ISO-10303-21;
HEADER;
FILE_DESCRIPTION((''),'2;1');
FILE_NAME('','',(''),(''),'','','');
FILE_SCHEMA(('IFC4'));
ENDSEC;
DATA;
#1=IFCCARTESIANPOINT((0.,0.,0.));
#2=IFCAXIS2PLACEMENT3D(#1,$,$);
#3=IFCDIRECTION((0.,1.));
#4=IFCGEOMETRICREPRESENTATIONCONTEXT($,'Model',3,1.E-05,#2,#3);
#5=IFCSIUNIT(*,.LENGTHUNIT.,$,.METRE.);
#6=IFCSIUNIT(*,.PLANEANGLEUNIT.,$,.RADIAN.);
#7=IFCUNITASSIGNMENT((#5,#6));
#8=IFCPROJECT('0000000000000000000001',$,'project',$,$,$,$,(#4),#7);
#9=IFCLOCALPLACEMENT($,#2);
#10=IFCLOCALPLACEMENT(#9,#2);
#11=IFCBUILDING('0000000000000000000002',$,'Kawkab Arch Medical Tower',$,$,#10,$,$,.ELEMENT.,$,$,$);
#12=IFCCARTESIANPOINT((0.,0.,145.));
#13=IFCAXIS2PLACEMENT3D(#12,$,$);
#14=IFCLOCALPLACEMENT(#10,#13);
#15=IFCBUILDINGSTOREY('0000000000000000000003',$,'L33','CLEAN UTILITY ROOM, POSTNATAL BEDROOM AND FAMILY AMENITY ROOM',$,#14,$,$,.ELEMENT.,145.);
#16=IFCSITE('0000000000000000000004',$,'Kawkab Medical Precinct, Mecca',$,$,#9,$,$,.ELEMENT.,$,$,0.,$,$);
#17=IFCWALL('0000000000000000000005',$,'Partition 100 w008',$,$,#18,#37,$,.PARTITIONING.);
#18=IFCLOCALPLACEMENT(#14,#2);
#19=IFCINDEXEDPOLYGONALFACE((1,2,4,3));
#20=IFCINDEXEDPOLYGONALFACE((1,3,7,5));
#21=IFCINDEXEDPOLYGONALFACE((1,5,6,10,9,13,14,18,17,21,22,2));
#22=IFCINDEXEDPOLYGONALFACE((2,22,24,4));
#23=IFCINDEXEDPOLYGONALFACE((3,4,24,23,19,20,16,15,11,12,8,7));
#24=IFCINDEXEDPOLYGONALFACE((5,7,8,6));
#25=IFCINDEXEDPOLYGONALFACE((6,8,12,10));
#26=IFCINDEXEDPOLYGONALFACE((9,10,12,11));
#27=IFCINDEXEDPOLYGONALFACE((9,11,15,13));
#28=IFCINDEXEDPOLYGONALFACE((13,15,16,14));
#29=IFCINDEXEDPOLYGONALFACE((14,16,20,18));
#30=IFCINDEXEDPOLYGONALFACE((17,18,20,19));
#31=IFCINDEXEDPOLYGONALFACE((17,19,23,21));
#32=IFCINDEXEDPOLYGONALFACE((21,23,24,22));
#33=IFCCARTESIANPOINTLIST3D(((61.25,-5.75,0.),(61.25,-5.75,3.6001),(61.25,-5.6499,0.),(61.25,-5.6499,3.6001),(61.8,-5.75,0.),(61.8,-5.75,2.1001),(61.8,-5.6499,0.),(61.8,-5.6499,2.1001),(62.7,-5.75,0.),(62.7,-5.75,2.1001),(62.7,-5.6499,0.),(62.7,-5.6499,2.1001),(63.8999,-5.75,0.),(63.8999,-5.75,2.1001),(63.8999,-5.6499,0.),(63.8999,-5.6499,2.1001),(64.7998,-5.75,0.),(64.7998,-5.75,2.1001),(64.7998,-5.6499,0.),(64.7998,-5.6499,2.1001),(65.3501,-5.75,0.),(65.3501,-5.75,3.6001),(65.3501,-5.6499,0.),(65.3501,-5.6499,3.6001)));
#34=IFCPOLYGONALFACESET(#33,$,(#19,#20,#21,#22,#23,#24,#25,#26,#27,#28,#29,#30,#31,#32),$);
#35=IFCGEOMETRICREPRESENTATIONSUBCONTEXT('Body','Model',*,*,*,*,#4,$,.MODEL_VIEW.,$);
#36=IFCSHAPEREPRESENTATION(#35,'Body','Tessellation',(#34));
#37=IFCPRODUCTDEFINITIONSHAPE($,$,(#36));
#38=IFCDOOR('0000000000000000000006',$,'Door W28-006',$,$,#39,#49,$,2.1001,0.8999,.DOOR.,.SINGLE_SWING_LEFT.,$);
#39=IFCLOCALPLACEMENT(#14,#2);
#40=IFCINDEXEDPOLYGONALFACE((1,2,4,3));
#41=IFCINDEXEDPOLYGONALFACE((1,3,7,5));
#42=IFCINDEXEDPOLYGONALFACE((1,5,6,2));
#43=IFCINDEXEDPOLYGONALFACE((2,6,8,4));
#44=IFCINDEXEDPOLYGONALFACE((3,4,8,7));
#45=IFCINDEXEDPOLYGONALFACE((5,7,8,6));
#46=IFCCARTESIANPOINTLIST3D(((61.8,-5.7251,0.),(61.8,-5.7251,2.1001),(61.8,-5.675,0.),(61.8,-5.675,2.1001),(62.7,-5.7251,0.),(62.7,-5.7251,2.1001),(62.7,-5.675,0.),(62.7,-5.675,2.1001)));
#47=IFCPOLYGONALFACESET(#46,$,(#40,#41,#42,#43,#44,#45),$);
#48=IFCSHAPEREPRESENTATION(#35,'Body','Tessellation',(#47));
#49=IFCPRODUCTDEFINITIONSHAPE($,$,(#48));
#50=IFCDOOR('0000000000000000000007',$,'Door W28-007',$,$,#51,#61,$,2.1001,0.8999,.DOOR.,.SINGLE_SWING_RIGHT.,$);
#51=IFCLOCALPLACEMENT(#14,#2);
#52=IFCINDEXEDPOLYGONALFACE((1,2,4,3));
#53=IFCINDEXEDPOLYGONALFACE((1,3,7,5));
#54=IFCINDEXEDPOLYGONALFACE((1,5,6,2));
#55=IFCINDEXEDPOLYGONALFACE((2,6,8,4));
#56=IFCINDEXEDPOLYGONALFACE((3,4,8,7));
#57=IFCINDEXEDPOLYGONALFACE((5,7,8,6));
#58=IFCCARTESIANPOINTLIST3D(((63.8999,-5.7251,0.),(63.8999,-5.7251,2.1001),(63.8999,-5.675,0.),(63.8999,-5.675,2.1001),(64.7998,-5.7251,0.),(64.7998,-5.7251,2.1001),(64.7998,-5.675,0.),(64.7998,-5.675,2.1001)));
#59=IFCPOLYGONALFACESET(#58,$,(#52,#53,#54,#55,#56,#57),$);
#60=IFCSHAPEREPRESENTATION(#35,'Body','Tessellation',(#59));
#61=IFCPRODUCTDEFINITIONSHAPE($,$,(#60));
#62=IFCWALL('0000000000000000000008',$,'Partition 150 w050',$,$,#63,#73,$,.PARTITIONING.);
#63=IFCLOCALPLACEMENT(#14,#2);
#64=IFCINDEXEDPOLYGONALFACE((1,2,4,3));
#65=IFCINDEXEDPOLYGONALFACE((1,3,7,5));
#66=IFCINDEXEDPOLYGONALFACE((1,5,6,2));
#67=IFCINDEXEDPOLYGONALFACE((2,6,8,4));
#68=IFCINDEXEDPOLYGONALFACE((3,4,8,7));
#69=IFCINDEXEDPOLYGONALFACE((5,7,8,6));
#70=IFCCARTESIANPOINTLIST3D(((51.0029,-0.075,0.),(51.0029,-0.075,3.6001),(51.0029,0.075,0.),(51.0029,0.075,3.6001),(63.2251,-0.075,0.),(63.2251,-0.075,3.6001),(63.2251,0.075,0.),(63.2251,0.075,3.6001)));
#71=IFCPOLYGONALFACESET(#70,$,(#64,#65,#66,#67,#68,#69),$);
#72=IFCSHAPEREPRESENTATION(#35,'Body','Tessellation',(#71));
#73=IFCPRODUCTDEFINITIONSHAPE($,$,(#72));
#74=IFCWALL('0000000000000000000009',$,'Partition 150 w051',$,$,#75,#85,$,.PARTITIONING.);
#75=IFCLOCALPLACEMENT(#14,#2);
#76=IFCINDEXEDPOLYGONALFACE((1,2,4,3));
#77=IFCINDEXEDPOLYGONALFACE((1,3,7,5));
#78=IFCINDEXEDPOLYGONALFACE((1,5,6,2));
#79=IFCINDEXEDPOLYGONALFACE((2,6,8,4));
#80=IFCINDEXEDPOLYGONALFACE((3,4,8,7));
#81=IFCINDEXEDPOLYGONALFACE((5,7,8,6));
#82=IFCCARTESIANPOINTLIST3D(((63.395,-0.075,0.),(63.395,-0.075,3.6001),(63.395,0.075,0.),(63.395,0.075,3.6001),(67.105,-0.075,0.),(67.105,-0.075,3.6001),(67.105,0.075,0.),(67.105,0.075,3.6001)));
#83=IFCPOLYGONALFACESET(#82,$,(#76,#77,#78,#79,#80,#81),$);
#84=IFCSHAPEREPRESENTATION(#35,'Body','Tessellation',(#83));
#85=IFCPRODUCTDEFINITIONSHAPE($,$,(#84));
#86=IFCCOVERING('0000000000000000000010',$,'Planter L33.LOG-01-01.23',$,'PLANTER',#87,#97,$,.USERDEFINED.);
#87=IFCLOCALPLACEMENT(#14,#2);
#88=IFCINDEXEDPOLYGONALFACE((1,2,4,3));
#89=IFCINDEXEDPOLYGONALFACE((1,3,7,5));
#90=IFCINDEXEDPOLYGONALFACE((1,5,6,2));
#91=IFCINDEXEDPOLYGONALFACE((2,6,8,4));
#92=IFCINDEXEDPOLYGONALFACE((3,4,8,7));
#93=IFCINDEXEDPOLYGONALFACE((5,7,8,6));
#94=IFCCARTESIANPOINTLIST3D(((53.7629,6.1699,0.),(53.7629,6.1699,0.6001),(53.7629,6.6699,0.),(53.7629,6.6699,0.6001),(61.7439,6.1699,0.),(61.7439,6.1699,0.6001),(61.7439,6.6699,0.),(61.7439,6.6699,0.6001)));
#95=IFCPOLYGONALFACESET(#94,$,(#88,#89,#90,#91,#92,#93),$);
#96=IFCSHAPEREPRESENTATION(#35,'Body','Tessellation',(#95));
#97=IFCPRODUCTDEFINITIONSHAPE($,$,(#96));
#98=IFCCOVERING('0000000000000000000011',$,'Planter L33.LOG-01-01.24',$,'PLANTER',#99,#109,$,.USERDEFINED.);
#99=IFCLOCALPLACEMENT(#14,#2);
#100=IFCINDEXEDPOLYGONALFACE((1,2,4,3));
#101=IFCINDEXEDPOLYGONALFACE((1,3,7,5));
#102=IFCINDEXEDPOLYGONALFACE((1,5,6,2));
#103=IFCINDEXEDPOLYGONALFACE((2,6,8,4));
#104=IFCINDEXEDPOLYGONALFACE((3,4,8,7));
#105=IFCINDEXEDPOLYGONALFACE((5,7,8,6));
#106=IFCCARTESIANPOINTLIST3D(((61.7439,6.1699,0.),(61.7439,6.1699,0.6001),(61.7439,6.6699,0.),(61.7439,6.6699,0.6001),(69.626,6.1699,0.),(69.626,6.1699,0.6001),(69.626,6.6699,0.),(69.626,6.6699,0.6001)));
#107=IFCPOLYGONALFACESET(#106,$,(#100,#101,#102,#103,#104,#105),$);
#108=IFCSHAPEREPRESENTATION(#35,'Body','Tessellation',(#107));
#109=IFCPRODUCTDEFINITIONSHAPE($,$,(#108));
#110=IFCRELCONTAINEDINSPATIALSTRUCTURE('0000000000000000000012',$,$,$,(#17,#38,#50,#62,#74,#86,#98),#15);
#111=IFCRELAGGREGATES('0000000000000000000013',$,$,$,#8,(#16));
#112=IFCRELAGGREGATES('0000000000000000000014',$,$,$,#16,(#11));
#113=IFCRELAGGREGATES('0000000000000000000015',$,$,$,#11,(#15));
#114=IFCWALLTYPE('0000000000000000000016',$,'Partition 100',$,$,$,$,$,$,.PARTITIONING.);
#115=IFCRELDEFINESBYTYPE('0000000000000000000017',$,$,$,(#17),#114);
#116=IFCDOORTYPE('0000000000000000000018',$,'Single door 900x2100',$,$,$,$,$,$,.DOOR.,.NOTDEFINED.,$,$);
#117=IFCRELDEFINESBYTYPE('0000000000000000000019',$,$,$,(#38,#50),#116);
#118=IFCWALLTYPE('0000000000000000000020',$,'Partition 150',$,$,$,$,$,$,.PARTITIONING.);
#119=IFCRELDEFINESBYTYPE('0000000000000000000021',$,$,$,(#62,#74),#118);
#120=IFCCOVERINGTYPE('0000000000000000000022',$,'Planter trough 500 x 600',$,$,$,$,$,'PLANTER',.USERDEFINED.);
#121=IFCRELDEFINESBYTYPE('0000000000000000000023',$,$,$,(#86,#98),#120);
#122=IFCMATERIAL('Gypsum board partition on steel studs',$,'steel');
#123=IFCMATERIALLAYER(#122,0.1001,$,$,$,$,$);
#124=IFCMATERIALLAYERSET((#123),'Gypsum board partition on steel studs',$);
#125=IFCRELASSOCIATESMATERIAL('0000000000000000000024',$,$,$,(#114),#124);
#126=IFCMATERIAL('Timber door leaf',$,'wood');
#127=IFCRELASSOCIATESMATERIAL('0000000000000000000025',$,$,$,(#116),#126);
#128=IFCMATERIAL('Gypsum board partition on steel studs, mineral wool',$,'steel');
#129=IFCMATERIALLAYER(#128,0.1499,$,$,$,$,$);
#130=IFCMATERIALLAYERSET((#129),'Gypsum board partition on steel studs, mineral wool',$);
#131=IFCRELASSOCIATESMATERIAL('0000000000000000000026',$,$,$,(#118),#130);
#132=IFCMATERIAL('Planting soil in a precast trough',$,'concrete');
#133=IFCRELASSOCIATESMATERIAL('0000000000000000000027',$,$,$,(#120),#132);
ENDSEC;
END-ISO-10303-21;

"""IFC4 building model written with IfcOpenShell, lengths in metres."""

from ifc_helpers import new_model, si_unit, direction, frame, frame_2d, origin, origin_2d, place, context, subcontext, project, spatial, rectangle, extrude, material, layer, layer_set, material_profile, profile_set, type_object, element, fill, save


model = new_model("IFC4")

# Units and contexts
model_context = context("Model", 3, precision=1e-05, world=origin(), true_north=direction((0.0, 1.0)))
body_context = subcontext(model_context, "Body", "Model", "MODEL_VIEW")
ifc_project = project(units=[si_unit("LENGTHUNIT", "METRE"), si_unit("PLANEANGLEUNIT", "RADIAN")], contexts=[model_context])

# Site, building, storey
site_placement = place(None, origin())
site = spatial("IfcSite", under=ifc_project, at=site_placement, Name="Kawkab Medical Precinct, Mecca", CompositionType="ELEMENT", RefElevation=0.0)
building_placement = place(site_placement, origin())
building = spatial("IfcBuilding", under=site, at=building_placement, Name="Kawkab Arch Medical Tower", CompositionType="ELEMENT")
storey_placement = place(building_placement, frame((0.0, 0.0, 145.0)))
storey = spatial("IfcBuildingStorey", under=building, at=storey_placement, Name="L33", Description="CLEAN UTILITY ROOM, POSTNATAL BEDROOM AND FAMILY AMENITY ROOM", CompositionType="ELEMENT", Elevation=145.0)

# Shared definitions
ifc_material_1 = material(Name="Gypsum board partition on steel studs", Category="steel")
ifc_layer_1 = layer(ifc_material_1, 0.1001)
ifc_layer_set_1 = layer_set([ifc_layer_1], Name="Gypsum board partition on steel studs")
wall_type_1 = type_object("IfcWallType", Name="Partition 100", PredefinedType="PARTITIONING", material=ifc_layer_set_1)
ifc_material_2 = material(Name="Timber door leaf", Category="wood")
door_type = type_object("IfcDoorType", Name="Single door 900x2100", OperationType="NOTDEFINED", PredefinedType="DOOR", material=ifc_material_2)

# Wall, openings, doors
wall_1_placement = place(storey_placement, frame((61.25, -5.7, 0.0), z_axis=(0.0, 0.0, 1.0), x_axis=(1.0, 0.0, 0.0)))
wall_1 = element("IfcWall", 1, at=wall_1_placement, inside=storey, type_object=wall_type_1, Name="Partition 100 w008", PredefinedType="PARTITIONING", context=body_context, shape_type="SweptSolid", body=[
    extrude(rectangle(XDim=4.1001, YDim=0.1001, at=frame_2d((2.05, 0.0))), origin(), (0.0, 0.0, 1.0), 3.6001),
])
opening_1_placement = place(wall_1_placement, frame((0.55, 0.0, 0.0)))
opening_1 = element("IfcOpeningElement", 2, at=opening_1_placement, cuts=wall_1, PredefinedType="OPENING", context=body_context, shape_type="SweptSolid", body=[
    extrude(rectangle(XDim=0.8999, YDim=2.1001, at=frame_2d((0.45, 1.05))), frame((0.0, 0.0601, 0.0), z_axis=(0.0, -1.0, 0.0), x_axis=(1.0, 0.0, 0.0)), (0.0, 0.0, 1.0), 0.1201),
])
opening_2_placement = place(wall_1_placement, frame((2.6499, 0.0, 0.0)))
opening_2 = element("IfcOpeningElement", 3, at=opening_2_placement, cuts=wall_1, PredefinedType="OPENING", context=body_context, shape_type="SweptSolid", body=[
    extrude(rectangle(XDim=0.8999, YDim=2.1001, at=frame_2d((0.45, 1.05))), frame((0.0, 0.0601, 0.0), z_axis=(0.0, -1.0, 0.0), x_axis=(1.0, 0.0, 0.0)), (0.0, 0.0, 1.0), 0.1201),
])
door_1_placement = place(opening_1_placement, origin())
door_1 = element("IfcDoor", 4, at=door_1_placement, inside=storey, type_object=door_type, Name="Door W28-006", OperationType="SINGLE_SWING_LEFT", OverallHeight=2.1001, OverallWidth=0.8999, PredefinedType="DOOR", context=body_context, shape_type="SweptSolid", body=[
    extrude(rectangle(XDim=0.8999, YDim=2.1001, at=frame_2d((0.45, 1.05))), frame((0.0, 0.0249, 0.0), z_axis=(0.0, -1.0, 0.0), x_axis=(1.0, 0.0, 0.0)), (0.0, 0.0, 1.0), 0.05),
])
fill(opening_1, door_1)
door_2_placement = place(opening_2_placement, origin())
door_2 = element("IfcDoor", 5, at=door_2_placement, inside=storey, type_object=door_type, Name="Door W28-007", OperationType="SINGLE_SWING_RIGHT", OverallHeight=2.1001, OverallWidth=0.8999, PredefinedType="DOOR", context=body_context, shape_type="SweptSolid", body=[
    extrude(rectangle(XDim=0.8999, YDim=2.1001, at=frame_2d((0.45, 1.05))), frame((0.0, 0.0249, 0.0), z_axis=(0.0, -1.0, 0.0), x_axis=(1.0, 0.0, 0.0)), (0.0, 0.0, 1.0), 0.05),
])
fill(opening_2, door_2)

# Walls
ifc_material_3 = material(Name="Gypsum board partition on steel studs, mineral wool", Category="steel")
ifc_layer_2 = layer(ifc_material_3, 0.1499)
ifc_layer_set_2 = layer_set([ifc_layer_2], Name="Gypsum board partition on steel studs, mineral wool")
wall_type_2 = type_object("IfcWallType", Name="Partition 150", PredefinedType="PARTITIONING", material=ifc_layer_set_2)
wall_2_placement = place(storey_placement, frame((51.0029, 0.0, 0.0), z_axis=(0.0, 0.0, 1.0), x_axis=(1.0, 0.0, 0.0)))
element("IfcWall", 6, at=wall_2_placement, inside=storey, type_object=wall_type_2, Name="Partition 150 w050", PredefinedType="PARTITIONING", context=body_context, shape_type="SweptSolid", body=[
    extrude(rectangle(XDim=12.2222, YDim=0.1499, at=frame_2d((6.1111, 0.0))), origin(), (0.0, 0.0, 1.0), 3.6001),
])
wall_3_placement = place(storey_placement, frame((63.395, 0.0, 0.0), z_axis=(0.0, 0.0, 1.0), x_axis=(1.0, 0.0, 0.0)))
element("IfcWall", 7, at=wall_3_placement, inside=storey, type_object=wall_type_2, Name="Partition 150 w051", PredefinedType="PARTITIONING", context=body_context, shape_type="SweptSolid", body=[
    extrude(rectangle(XDim=3.71, YDim=0.1499, at=frame_2d((1.855, 0.0))), origin(), (0.0, 0.0, 1.0), 3.6001),
])

# Coverings
ifc_material_4 = material(Name="Planting soil in a precast trough", Category="concrete")
ifc_material_profile_1 = material_profile(ifc_material_4, rectangle(XDim=0.5, YDim=0.6001, at=origin_2d()), Name="Trough 500x600")
ifc_profile_set_1 = profile_set([ifc_material_profile_1], Name="Planting soil in a precast trough")
covering_type = type_object("IfcCoveringType", Name="Planter trough 500 x 600", ElementType="PLANTER", PredefinedType="USERDEFINED", material=ifc_profile_set_1)
covering_1_placement = place(storey_placement, frame((53.7629, 6.4199, 0.3), z_axis=(1.0, 0.0, 0.0), x_axis=(0.0, 1.0, 0.0)))
element("IfcCovering", 8, at=covering_1_placement, inside=storey, type_object=covering_type, Name="Planter L33.LOG-01-01.23", ObjectType="PLANTER", PredefinedType="USERDEFINED", context=body_context, shape_type="SweptSolid", body=[
    extrude(rectangle(XDim=0.5, YDim=0.6001, at=origin_2d()), origin(), (0.0, 0.0, 1.0), 7.981),
])
covering_2_placement = place(storey_placement, frame((61.7439, 6.4199, 0.3), z_axis=(1.0, 0.0, 0.0), x_axis=(0.0, 1.0, 0.0)))
element("IfcCovering", 9, at=covering_2_placement, inside=storey, type_object=covering_type, Name="Planter L33.LOG-01-01.24", ObjectType="PLANTER", PredefinedType="USERDEFINED", context=body_context, shape_type="SweptSolid", body=[
    extrude(rectangle(XDim=0.5, YDim=0.6001, at=origin_2d()), origin(), (0.0, 0.0, 1.0), 7.8821),
])

save(model, "model.ifc")
